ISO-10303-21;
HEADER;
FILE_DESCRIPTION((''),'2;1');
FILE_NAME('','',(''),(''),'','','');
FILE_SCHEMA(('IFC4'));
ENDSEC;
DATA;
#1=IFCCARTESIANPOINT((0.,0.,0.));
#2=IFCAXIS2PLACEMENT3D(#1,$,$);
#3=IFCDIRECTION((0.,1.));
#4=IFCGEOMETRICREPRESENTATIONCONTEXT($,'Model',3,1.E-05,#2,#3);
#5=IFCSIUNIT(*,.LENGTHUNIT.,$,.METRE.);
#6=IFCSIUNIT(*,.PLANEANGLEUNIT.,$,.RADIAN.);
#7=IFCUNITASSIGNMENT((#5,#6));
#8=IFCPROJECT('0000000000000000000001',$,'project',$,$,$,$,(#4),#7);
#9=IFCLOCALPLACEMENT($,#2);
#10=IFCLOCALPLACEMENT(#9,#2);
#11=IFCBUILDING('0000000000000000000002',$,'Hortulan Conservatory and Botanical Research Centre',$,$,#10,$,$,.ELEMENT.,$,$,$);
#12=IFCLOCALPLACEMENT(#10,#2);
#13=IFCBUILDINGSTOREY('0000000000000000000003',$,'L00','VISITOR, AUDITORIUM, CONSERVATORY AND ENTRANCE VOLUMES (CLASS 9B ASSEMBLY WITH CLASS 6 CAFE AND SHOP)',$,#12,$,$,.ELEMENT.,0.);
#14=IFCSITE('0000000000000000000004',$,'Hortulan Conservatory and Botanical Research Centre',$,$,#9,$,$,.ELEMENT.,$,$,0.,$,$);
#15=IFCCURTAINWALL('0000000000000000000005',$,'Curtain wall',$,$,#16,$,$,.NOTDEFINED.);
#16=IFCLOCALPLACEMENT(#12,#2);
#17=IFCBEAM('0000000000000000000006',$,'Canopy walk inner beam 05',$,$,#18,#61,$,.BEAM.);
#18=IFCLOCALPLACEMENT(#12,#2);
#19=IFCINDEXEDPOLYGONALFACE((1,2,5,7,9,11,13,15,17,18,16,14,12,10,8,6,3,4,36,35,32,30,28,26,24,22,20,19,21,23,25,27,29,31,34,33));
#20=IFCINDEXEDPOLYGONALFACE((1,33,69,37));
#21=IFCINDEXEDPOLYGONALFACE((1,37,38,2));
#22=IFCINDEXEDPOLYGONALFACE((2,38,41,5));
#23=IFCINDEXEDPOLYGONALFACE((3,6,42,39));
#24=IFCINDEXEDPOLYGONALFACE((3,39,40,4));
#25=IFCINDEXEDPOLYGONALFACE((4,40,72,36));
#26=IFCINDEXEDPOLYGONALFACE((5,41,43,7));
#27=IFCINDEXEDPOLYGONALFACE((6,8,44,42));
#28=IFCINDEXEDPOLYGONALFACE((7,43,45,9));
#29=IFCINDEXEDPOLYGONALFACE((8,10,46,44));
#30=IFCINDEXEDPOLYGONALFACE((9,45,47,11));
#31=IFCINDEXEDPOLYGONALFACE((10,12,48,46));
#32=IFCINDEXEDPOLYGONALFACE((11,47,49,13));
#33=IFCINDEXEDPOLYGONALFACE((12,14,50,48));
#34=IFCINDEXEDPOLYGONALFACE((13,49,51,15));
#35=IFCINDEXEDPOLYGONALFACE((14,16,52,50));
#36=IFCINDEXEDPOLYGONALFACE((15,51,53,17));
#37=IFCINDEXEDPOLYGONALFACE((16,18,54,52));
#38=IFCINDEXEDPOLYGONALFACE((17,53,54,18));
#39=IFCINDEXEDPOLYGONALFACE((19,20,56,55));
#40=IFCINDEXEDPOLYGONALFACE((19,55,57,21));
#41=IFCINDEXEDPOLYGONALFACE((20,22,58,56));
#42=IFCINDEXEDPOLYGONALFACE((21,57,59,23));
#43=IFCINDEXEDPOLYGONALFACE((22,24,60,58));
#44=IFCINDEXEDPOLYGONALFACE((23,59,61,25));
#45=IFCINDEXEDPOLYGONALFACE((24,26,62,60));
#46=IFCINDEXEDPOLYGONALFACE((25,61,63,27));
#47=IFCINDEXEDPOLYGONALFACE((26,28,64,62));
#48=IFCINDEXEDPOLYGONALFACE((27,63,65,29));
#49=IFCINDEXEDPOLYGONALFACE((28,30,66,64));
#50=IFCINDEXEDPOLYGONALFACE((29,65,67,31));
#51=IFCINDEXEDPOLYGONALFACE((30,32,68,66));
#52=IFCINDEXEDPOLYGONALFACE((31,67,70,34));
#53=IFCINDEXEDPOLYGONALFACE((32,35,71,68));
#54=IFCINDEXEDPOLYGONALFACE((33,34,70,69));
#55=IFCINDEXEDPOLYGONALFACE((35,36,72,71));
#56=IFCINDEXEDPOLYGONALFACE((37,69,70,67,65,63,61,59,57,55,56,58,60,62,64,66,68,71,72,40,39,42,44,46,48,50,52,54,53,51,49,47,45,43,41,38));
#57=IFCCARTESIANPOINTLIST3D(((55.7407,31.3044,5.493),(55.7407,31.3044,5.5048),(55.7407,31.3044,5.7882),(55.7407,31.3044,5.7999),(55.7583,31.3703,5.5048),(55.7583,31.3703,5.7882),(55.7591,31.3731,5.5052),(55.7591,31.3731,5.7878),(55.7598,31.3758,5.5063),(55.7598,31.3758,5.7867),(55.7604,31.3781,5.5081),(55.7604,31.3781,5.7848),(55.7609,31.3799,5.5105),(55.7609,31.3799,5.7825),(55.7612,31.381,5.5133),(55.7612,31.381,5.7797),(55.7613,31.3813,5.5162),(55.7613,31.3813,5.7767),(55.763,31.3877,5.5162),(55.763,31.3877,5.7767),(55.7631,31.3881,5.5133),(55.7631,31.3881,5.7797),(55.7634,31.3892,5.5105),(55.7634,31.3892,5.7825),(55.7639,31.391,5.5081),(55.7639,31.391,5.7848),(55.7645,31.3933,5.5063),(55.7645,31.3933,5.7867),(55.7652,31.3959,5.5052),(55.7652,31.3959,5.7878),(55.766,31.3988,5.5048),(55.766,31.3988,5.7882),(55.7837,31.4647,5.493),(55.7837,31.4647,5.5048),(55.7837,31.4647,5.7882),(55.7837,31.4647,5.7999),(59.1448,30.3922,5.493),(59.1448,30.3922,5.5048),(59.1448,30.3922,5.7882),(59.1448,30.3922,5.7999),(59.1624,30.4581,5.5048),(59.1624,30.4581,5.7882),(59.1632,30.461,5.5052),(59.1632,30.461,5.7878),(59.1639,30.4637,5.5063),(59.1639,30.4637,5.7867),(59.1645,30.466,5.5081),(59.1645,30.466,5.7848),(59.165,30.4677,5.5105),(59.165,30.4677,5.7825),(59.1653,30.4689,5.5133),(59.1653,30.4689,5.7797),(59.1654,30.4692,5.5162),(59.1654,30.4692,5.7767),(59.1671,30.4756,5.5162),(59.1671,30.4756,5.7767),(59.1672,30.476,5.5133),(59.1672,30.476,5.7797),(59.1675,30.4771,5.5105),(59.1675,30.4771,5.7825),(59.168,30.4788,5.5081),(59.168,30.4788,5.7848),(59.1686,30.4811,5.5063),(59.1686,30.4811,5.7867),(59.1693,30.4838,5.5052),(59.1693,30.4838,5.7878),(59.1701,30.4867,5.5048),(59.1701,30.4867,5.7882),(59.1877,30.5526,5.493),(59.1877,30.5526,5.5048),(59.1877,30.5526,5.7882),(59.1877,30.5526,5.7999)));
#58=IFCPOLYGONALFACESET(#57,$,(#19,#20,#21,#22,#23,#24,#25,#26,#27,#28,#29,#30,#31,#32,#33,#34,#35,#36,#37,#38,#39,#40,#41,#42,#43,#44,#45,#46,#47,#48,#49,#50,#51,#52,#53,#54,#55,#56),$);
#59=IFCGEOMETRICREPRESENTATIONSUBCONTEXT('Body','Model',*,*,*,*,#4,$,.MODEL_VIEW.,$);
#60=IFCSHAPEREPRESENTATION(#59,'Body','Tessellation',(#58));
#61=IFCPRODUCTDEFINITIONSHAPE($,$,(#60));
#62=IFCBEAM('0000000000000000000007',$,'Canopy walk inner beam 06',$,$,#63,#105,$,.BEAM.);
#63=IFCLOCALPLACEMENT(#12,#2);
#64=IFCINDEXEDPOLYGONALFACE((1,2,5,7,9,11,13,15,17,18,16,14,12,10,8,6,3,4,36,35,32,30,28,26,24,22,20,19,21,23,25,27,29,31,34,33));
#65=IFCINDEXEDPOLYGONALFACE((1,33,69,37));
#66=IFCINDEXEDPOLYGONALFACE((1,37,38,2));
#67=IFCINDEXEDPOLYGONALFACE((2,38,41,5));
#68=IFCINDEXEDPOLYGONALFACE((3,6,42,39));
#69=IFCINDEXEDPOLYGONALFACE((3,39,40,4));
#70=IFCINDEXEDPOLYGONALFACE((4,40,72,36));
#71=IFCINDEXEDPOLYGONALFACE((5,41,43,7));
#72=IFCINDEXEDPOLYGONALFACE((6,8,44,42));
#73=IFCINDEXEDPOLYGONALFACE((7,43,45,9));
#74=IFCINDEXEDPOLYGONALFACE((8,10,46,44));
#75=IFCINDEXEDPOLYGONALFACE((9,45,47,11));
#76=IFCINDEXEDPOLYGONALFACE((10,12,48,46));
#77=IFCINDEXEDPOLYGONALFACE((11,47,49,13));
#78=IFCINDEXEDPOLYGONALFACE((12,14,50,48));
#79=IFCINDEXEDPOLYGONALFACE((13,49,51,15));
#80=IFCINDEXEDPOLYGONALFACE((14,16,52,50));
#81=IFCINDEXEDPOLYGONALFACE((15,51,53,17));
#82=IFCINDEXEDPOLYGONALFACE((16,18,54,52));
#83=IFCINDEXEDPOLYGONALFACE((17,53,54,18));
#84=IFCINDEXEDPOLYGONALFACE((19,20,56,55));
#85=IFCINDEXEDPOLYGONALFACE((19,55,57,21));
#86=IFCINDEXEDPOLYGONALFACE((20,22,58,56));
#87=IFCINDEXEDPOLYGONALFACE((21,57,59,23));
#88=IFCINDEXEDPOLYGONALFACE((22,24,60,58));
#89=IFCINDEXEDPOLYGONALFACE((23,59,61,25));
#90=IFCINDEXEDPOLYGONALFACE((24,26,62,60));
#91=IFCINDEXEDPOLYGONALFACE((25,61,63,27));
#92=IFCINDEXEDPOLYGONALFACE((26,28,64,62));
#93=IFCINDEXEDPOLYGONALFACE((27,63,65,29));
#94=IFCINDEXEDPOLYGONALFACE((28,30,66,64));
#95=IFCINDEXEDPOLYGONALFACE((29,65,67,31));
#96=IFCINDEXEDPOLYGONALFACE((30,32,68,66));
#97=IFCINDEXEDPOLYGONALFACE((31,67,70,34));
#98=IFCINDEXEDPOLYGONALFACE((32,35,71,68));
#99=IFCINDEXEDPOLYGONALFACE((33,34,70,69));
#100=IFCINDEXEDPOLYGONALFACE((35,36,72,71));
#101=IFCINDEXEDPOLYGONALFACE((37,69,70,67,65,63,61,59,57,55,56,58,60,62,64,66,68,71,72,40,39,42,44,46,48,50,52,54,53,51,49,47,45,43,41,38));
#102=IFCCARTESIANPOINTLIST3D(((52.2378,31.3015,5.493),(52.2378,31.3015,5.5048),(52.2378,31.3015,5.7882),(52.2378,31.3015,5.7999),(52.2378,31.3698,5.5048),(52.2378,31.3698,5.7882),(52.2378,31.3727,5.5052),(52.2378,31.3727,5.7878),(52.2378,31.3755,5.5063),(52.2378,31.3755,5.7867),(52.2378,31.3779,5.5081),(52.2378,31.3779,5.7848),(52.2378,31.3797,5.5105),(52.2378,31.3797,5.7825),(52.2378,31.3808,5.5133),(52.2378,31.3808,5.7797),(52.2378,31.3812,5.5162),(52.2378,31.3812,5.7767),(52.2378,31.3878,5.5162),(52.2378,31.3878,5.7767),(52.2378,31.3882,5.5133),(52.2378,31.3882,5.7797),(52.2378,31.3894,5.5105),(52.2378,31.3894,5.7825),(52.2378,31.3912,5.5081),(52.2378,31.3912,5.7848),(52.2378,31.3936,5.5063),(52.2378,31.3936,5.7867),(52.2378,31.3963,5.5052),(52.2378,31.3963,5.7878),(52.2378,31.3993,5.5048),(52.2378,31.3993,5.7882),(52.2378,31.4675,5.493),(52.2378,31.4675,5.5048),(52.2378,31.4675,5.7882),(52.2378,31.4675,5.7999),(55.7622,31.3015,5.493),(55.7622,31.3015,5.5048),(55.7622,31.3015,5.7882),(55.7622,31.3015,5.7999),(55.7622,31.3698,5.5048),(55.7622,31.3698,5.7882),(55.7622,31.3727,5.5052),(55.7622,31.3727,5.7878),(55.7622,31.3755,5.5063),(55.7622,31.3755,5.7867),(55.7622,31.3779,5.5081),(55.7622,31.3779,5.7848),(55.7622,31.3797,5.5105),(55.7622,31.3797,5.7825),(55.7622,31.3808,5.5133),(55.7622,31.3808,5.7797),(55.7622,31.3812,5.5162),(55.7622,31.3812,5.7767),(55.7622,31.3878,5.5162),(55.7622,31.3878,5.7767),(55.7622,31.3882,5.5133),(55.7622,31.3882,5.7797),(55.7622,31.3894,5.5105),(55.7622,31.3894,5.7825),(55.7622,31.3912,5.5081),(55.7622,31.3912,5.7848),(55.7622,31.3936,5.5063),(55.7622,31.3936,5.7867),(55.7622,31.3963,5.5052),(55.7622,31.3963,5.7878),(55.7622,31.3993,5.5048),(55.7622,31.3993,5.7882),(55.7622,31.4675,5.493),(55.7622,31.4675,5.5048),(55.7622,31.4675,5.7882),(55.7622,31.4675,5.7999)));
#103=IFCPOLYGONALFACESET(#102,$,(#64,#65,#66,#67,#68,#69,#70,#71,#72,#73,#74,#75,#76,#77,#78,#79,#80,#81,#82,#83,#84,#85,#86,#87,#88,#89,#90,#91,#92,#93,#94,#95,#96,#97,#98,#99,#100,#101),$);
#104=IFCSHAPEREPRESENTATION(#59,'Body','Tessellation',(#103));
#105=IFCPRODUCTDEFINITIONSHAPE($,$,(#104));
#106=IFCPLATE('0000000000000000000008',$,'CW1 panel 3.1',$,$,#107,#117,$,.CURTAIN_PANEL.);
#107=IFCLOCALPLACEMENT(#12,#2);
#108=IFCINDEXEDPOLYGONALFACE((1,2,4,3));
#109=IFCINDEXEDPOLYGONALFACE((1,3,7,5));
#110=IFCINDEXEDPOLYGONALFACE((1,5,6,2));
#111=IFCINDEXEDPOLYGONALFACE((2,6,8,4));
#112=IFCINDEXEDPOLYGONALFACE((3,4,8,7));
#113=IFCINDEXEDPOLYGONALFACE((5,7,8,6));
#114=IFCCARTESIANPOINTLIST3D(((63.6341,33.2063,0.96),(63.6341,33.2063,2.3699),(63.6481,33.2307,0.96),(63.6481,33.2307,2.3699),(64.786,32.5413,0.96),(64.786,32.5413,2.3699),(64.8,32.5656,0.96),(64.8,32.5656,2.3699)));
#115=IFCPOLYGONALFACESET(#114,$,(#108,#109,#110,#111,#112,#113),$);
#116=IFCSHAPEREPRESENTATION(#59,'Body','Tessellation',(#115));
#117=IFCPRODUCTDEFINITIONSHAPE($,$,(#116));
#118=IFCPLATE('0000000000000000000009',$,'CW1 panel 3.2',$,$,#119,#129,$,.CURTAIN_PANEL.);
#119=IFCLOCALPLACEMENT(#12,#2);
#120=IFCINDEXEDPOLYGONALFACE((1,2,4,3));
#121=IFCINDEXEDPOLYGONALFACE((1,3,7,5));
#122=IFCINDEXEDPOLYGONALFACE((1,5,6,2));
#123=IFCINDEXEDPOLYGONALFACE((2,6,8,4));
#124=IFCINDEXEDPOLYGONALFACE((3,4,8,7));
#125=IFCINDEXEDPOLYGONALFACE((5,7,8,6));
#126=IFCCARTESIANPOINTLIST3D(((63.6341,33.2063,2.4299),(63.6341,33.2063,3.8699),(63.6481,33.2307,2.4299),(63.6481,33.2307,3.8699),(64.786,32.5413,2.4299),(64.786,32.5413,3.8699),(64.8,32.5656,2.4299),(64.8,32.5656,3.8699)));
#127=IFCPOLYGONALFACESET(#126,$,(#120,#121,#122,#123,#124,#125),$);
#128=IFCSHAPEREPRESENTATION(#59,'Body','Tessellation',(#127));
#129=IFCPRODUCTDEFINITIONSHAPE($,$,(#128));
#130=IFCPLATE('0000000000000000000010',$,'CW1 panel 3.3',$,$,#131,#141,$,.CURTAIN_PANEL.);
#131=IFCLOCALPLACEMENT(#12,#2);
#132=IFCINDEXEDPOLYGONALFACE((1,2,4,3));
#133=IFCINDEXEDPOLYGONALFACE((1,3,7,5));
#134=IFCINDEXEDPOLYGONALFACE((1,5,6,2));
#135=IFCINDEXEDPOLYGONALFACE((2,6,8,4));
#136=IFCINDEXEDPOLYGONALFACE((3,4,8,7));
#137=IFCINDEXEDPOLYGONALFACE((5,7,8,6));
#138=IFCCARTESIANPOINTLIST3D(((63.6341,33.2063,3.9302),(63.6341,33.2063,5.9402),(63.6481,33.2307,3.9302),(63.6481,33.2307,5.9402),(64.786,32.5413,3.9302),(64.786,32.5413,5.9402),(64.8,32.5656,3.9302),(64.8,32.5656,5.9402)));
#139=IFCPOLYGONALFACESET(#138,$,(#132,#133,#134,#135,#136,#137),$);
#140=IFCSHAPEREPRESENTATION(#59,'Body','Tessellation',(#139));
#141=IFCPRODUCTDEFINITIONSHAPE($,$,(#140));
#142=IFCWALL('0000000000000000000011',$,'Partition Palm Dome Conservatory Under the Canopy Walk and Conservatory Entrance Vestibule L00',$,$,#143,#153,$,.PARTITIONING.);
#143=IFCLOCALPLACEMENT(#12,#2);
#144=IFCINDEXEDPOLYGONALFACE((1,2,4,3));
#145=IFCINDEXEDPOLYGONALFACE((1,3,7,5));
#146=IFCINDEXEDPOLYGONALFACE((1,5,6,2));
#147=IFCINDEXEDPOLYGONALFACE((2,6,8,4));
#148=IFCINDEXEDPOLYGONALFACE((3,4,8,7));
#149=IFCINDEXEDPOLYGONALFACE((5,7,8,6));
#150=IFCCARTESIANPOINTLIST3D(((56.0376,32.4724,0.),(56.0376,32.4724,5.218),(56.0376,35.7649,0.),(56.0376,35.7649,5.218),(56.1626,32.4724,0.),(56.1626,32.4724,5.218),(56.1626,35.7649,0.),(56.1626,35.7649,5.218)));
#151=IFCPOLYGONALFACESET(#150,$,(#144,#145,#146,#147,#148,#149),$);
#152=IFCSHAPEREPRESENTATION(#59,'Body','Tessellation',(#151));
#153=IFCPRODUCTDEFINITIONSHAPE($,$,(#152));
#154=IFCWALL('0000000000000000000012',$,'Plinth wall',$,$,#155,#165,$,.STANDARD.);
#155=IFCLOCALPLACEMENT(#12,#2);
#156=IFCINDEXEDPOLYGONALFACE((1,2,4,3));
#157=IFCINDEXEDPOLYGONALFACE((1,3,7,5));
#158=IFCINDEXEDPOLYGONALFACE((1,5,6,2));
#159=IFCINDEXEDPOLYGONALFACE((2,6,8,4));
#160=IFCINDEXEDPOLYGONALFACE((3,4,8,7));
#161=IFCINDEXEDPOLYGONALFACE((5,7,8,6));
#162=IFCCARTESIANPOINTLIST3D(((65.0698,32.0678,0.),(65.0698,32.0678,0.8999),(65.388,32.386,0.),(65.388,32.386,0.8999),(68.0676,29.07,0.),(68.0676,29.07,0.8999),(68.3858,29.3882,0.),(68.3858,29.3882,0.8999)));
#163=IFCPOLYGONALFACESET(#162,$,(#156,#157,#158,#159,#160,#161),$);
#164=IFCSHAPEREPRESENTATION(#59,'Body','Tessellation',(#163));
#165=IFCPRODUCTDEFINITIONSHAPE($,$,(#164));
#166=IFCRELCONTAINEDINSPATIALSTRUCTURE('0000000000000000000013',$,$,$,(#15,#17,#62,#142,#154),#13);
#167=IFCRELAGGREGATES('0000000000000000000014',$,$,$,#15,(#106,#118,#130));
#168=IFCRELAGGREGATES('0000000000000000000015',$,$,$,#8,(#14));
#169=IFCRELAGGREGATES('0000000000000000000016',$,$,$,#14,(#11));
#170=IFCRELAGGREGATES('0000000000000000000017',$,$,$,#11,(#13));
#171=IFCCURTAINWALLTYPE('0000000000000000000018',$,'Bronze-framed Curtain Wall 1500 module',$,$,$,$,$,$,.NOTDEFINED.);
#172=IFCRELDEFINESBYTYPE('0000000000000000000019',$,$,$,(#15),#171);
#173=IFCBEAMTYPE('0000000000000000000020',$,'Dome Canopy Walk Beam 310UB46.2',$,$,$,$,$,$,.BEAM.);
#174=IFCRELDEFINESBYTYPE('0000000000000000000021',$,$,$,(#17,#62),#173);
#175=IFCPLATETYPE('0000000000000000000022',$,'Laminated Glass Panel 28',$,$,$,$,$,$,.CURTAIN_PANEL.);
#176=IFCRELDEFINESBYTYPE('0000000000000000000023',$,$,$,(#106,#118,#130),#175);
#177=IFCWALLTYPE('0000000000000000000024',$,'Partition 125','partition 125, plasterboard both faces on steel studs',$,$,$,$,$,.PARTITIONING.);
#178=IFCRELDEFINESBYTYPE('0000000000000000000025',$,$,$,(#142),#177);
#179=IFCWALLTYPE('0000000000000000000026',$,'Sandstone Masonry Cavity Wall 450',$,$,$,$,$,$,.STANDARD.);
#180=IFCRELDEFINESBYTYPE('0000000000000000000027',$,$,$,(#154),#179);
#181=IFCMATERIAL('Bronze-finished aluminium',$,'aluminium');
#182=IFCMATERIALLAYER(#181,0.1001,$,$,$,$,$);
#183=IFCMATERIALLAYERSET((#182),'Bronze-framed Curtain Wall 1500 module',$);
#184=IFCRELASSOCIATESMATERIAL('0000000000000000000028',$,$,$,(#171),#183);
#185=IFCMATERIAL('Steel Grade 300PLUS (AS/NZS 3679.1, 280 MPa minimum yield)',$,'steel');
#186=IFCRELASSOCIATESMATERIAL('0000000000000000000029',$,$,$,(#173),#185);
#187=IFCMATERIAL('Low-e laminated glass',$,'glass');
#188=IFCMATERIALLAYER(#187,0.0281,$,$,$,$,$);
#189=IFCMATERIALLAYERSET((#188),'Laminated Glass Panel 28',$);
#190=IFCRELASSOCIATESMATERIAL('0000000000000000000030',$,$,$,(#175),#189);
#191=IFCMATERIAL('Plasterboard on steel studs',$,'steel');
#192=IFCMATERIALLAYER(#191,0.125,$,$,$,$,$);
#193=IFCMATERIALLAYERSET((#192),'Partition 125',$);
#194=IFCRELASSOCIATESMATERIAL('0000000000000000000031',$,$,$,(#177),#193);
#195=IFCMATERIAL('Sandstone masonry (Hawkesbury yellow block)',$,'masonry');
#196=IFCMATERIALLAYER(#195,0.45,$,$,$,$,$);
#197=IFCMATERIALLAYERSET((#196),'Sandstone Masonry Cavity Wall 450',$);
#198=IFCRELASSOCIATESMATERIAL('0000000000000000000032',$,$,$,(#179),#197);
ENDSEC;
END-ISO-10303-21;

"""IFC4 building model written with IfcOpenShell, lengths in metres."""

from ifc_helpers import new_model, si_unit, direction, frame, frame_2d, origin, origin_2d, place, context, subcontext, project, spatial, rectangle, i_section, extrude, material, layer, layer_set, material_profile, profile_set, type_object, element, aggregate, save


model = new_model("IFC4")

# Units and contexts
model_context = context("Model", 3, precision=1e-05, world=origin(), true_north=direction((0.0, 1.0)))
body_context = subcontext(model_context, "Body", "Model", "MODEL_VIEW")
ifc_project = project(units=[si_unit("LENGTHUNIT", "METRE"), si_unit("PLANEANGLEUNIT", "RADIAN")], contexts=[model_context])

# Site, building, storey
site_placement = place(None, origin())
site = spatial("IfcSite", under=ifc_project, at=site_placement, Name="Hortulan Conservatory and Botanical Research Centre", CompositionType="ELEMENT", RefElevation=0.0)
building_placement = place(site_placement, origin())
building = spatial("IfcBuilding", under=site, at=building_placement, Name="Hortulan Conservatory and Botanical Research Centre", CompositionType="ELEMENT")
storey_placement = place(building_placement, origin())
storey = spatial("IfcBuildingStorey", under=building, at=storey_placement, Name="L00", Description="VISITOR, AUDITORIUM, CONSERVATORY AND ENTRANCE VOLUMES (CLASS 9B ASSEMBLY WITH CLASS 6 CAFE AND SHOP)", CompositionType="ELEMENT", Elevation=0.0)

# Curtain wall
ifc_material_1 = material(Name="Bronze-finished aluminium", Category="aluminium")
ifc_layer_1 = layer(ifc_material_1, 0.1001)
ifc_layer_set_1 = layer_set([ifc_layer_1], Name="Bronze-framed Curtain Wall 1500 module")
curtain_wall_type = type_object("IfcCurtainWallType", Name="Bronze-framed Curtain Wall 1500 module", PredefinedType="NOTDEFINED", material=ifc_layer_set_1)
curtain_wall_1_placement = place(storey_placement, origin())
curtain_wall_1 = element("IfcCurtainWall", 1, at=curtain_wall_1_placement, inside=storey, type_object=curtain_wall_type, Name="Curtain wall", PredefinedType="NOTDEFINED")

# Beams
ifc_material_2 = material(Name="Steel Grade 300PLUS (AS/NZS 3679.1, 280 MPa minimum yield)", Category="steel")
ifc_material_profile_1 = material_profile(ifc_material_2, i_section(OverallWidth=0.166, OverallDepth=0.3069, WebThickness=0.0066, FlangeThickness=0.0117, FilletRadius=0.0115, at=origin_2d()), Name="310UB46.2")
ifc_profile_set_1 = profile_set([ifc_material_profile_1], Name="Steel Grade 300PLUS (AS/NZS 3679.1, 280 MPa minimum yield)")
beam_type = type_object("IfcBeamType", Name="Dome Canopy Walk Beam 310UB46.2", PredefinedType="BEAM", material=ifc_profile_set_1)
for number, where, z_axis, x_axis, name in (
    (2, (59.1663, 30.4724, 5.6465), (-0.965926, 0.258818, 0.0), (-0.258818, -0.965926, 0.0), "Canopy walk inner beam 05"),
):
    element("IfcBeam", number, at=place(storey_placement, frame(where, z_axis=z_axis, x_axis=x_axis)), inside=storey, type_object=beam_type, Name=name, PredefinedType="BEAM", context=body_context, shape_type="SweptSolid", body=[
        extrude(i_section(OverallWidth=0.166, OverallDepth=0.3069, WebThickness=0.0066, FlangeThickness=0.0117, FilletRadius=0.0115, at=origin_2d()), origin(), (0.0, 0.0, 1.0), 3.5242),
    ])
beam_1_placement = place(storey_placement, frame((55.7622, 31.3845, 5.6465), z_axis=(-1.0, 0.0, 0.0), x_axis=(0.0, -1.0, 0.0)))
element("IfcBeam", 3, at=beam_1_placement, inside=storey, type_object=beam_type, Name="Canopy walk inner beam 06", PredefinedType="BEAM", context=body_context, shape_type="SweptSolid", body=[
    extrude(i_section(OverallWidth=0.166, OverallDepth=0.3069, WebThickness=0.0066, FlangeThickness=0.0117, FilletRadius=0.0115, at=origin_2d()), origin(), (0.0, 0.0, 1.0), 3.5244),
])

# Plates
ifc_material_3 = material(Name="Low-e laminated glass", Category="glass")
ifc_layer_2 = layer(ifc_material_3, 0.0281)
ifc_layer_set_2 = layer_set([ifc_layer_2], Name="Laminated Glass Panel 28")
plate_type = type_object("IfcPlateType", Name="Laminated Glass Panel 28", PredefinedType="CURTAIN_PANEL", material=ifc_layer_set_2)
plate_1_placement = place(storey_placement, frame((64.217, 32.886, 0.96), z_axis=(0.0, 0.0, 1.0), x_axis=(0.866036, -0.499981, 0.0)))
plate_1 = element("IfcPlate", 4, at=plate_1_placement, type_object=plate_type, Name="CW1 panel 3.1", PredefinedType="CURTAIN_PANEL", context=body_context, shape_type="SweptSolid", body=[
    extrude(rectangle(XDim=1.3301, YDim=0.0281, at=origin_2d()), origin(), (0.0, 0.0, 1.0), 1.4099),
])
plate_2_placement = place(storey_placement, frame((64.217, 32.886, 2.4299), z_axis=(0.0, 0.0, 1.0), x_axis=(0.866036, -0.499981, 0.0)))
plate_2 = element("IfcPlate", 5, at=plate_2_placement, type_object=plate_type, Name="CW1 panel 3.2", PredefinedType="CURTAIN_PANEL", context=body_context, shape_type="SweptSolid", body=[
    extrude(rectangle(XDim=1.3301, YDim=0.0281, at=origin_2d()), origin(), (0.0, 0.0, 1.0), 1.4399),
])
plate_3_placement = place(storey_placement, frame((64.217, 32.886, 3.9302), z_axis=(0.0, 0.0, 1.0), x_axis=(0.866036, -0.499981, 0.0)))
plate_3 = element("IfcPlate", 6, at=plate_3_placement, type_object=plate_type, Name="CW1 panel 3.3", PredefinedType="CURTAIN_PANEL", context=body_context, shape_type="SweptSolid", body=[
    extrude(rectangle(XDim=1.3301, YDim=0.0281, at=origin_2d()), origin(), (0.0, 0.0, 1.0), 2.01),
])
aggregate(curtain_wall_1, [plate_1, plate_2, plate_3])

# Walls
ifc_material_4 = material(Name="Plasterboard on steel studs", Category="steel")
ifc_layer_3 = layer(ifc_material_4, 0.125)
ifc_layer_set_3 = layer_set([ifc_layer_3], Name="Partition 125")
wall_type_1 = type_object("IfcWallType", Name="Partition 125", Description="partition 125, plasterboard both faces on steel studs", PredefinedType="PARTITIONING", material=ifc_layer_set_3)
wall_1_placement = place(storey_placement, frame((56.1001, 32.4724, 0.0), z_axis=(0.0, 0.0, 1.0), x_axis=(0.0, 1.0, 0.0)))
element("IfcWall", 7, at=wall_1_placement, inside=storey, type_object=wall_type_1, Name="Partition Palm Dome Conservatory Under the Canopy Walk and Conservatory Entrance Vestibule L00", PredefinedType="PARTITIONING", context=body_context, shape_type="SweptSolid", body=[
    extrude(rectangle(XDim=3.2925, YDim=0.125, at=frame_2d((1.6462, 0.0))), origin(), (0.0, 0.0, 1.0), 5.218),
])
ifc_material_5 = material(Name="Sandstone masonry (Hawkesbury yellow block)", Category="masonry")
ifc_layer_4 = layer(ifc_material_5, 0.45)
ifc_layer_set_4 = layer_set([ifc_layer_4], Name="Sandstone Masonry Cavity Wall 450")
wall_type_2 = type_object("IfcWallType", Name="Sandstone Masonry Cavity Wall 450", PredefinedType="STANDARD", material=ifc_layer_set_4)
wall_2_placement = place(storey_placement, frame((65.229, 32.2268, 0.0), z_axis=(0.0, 0.0, 1.0), x_axis=(0.707107, -0.707107, 0.0)))
element("IfcWall", 8, at=wall_2_placement, inside=storey, type_object=wall_type_2, Name="Plinth wall", PredefinedType="STANDARD", context=body_context, shape_type="SweptSolid", body=[
    extrude(rectangle(XDim=4.2395, YDim=0.45, at=frame_2d((2.1196, 0.0))), origin(), (0.0, 0.0, 1.0), 0.8999),
])

save(model, "model.ifc")
